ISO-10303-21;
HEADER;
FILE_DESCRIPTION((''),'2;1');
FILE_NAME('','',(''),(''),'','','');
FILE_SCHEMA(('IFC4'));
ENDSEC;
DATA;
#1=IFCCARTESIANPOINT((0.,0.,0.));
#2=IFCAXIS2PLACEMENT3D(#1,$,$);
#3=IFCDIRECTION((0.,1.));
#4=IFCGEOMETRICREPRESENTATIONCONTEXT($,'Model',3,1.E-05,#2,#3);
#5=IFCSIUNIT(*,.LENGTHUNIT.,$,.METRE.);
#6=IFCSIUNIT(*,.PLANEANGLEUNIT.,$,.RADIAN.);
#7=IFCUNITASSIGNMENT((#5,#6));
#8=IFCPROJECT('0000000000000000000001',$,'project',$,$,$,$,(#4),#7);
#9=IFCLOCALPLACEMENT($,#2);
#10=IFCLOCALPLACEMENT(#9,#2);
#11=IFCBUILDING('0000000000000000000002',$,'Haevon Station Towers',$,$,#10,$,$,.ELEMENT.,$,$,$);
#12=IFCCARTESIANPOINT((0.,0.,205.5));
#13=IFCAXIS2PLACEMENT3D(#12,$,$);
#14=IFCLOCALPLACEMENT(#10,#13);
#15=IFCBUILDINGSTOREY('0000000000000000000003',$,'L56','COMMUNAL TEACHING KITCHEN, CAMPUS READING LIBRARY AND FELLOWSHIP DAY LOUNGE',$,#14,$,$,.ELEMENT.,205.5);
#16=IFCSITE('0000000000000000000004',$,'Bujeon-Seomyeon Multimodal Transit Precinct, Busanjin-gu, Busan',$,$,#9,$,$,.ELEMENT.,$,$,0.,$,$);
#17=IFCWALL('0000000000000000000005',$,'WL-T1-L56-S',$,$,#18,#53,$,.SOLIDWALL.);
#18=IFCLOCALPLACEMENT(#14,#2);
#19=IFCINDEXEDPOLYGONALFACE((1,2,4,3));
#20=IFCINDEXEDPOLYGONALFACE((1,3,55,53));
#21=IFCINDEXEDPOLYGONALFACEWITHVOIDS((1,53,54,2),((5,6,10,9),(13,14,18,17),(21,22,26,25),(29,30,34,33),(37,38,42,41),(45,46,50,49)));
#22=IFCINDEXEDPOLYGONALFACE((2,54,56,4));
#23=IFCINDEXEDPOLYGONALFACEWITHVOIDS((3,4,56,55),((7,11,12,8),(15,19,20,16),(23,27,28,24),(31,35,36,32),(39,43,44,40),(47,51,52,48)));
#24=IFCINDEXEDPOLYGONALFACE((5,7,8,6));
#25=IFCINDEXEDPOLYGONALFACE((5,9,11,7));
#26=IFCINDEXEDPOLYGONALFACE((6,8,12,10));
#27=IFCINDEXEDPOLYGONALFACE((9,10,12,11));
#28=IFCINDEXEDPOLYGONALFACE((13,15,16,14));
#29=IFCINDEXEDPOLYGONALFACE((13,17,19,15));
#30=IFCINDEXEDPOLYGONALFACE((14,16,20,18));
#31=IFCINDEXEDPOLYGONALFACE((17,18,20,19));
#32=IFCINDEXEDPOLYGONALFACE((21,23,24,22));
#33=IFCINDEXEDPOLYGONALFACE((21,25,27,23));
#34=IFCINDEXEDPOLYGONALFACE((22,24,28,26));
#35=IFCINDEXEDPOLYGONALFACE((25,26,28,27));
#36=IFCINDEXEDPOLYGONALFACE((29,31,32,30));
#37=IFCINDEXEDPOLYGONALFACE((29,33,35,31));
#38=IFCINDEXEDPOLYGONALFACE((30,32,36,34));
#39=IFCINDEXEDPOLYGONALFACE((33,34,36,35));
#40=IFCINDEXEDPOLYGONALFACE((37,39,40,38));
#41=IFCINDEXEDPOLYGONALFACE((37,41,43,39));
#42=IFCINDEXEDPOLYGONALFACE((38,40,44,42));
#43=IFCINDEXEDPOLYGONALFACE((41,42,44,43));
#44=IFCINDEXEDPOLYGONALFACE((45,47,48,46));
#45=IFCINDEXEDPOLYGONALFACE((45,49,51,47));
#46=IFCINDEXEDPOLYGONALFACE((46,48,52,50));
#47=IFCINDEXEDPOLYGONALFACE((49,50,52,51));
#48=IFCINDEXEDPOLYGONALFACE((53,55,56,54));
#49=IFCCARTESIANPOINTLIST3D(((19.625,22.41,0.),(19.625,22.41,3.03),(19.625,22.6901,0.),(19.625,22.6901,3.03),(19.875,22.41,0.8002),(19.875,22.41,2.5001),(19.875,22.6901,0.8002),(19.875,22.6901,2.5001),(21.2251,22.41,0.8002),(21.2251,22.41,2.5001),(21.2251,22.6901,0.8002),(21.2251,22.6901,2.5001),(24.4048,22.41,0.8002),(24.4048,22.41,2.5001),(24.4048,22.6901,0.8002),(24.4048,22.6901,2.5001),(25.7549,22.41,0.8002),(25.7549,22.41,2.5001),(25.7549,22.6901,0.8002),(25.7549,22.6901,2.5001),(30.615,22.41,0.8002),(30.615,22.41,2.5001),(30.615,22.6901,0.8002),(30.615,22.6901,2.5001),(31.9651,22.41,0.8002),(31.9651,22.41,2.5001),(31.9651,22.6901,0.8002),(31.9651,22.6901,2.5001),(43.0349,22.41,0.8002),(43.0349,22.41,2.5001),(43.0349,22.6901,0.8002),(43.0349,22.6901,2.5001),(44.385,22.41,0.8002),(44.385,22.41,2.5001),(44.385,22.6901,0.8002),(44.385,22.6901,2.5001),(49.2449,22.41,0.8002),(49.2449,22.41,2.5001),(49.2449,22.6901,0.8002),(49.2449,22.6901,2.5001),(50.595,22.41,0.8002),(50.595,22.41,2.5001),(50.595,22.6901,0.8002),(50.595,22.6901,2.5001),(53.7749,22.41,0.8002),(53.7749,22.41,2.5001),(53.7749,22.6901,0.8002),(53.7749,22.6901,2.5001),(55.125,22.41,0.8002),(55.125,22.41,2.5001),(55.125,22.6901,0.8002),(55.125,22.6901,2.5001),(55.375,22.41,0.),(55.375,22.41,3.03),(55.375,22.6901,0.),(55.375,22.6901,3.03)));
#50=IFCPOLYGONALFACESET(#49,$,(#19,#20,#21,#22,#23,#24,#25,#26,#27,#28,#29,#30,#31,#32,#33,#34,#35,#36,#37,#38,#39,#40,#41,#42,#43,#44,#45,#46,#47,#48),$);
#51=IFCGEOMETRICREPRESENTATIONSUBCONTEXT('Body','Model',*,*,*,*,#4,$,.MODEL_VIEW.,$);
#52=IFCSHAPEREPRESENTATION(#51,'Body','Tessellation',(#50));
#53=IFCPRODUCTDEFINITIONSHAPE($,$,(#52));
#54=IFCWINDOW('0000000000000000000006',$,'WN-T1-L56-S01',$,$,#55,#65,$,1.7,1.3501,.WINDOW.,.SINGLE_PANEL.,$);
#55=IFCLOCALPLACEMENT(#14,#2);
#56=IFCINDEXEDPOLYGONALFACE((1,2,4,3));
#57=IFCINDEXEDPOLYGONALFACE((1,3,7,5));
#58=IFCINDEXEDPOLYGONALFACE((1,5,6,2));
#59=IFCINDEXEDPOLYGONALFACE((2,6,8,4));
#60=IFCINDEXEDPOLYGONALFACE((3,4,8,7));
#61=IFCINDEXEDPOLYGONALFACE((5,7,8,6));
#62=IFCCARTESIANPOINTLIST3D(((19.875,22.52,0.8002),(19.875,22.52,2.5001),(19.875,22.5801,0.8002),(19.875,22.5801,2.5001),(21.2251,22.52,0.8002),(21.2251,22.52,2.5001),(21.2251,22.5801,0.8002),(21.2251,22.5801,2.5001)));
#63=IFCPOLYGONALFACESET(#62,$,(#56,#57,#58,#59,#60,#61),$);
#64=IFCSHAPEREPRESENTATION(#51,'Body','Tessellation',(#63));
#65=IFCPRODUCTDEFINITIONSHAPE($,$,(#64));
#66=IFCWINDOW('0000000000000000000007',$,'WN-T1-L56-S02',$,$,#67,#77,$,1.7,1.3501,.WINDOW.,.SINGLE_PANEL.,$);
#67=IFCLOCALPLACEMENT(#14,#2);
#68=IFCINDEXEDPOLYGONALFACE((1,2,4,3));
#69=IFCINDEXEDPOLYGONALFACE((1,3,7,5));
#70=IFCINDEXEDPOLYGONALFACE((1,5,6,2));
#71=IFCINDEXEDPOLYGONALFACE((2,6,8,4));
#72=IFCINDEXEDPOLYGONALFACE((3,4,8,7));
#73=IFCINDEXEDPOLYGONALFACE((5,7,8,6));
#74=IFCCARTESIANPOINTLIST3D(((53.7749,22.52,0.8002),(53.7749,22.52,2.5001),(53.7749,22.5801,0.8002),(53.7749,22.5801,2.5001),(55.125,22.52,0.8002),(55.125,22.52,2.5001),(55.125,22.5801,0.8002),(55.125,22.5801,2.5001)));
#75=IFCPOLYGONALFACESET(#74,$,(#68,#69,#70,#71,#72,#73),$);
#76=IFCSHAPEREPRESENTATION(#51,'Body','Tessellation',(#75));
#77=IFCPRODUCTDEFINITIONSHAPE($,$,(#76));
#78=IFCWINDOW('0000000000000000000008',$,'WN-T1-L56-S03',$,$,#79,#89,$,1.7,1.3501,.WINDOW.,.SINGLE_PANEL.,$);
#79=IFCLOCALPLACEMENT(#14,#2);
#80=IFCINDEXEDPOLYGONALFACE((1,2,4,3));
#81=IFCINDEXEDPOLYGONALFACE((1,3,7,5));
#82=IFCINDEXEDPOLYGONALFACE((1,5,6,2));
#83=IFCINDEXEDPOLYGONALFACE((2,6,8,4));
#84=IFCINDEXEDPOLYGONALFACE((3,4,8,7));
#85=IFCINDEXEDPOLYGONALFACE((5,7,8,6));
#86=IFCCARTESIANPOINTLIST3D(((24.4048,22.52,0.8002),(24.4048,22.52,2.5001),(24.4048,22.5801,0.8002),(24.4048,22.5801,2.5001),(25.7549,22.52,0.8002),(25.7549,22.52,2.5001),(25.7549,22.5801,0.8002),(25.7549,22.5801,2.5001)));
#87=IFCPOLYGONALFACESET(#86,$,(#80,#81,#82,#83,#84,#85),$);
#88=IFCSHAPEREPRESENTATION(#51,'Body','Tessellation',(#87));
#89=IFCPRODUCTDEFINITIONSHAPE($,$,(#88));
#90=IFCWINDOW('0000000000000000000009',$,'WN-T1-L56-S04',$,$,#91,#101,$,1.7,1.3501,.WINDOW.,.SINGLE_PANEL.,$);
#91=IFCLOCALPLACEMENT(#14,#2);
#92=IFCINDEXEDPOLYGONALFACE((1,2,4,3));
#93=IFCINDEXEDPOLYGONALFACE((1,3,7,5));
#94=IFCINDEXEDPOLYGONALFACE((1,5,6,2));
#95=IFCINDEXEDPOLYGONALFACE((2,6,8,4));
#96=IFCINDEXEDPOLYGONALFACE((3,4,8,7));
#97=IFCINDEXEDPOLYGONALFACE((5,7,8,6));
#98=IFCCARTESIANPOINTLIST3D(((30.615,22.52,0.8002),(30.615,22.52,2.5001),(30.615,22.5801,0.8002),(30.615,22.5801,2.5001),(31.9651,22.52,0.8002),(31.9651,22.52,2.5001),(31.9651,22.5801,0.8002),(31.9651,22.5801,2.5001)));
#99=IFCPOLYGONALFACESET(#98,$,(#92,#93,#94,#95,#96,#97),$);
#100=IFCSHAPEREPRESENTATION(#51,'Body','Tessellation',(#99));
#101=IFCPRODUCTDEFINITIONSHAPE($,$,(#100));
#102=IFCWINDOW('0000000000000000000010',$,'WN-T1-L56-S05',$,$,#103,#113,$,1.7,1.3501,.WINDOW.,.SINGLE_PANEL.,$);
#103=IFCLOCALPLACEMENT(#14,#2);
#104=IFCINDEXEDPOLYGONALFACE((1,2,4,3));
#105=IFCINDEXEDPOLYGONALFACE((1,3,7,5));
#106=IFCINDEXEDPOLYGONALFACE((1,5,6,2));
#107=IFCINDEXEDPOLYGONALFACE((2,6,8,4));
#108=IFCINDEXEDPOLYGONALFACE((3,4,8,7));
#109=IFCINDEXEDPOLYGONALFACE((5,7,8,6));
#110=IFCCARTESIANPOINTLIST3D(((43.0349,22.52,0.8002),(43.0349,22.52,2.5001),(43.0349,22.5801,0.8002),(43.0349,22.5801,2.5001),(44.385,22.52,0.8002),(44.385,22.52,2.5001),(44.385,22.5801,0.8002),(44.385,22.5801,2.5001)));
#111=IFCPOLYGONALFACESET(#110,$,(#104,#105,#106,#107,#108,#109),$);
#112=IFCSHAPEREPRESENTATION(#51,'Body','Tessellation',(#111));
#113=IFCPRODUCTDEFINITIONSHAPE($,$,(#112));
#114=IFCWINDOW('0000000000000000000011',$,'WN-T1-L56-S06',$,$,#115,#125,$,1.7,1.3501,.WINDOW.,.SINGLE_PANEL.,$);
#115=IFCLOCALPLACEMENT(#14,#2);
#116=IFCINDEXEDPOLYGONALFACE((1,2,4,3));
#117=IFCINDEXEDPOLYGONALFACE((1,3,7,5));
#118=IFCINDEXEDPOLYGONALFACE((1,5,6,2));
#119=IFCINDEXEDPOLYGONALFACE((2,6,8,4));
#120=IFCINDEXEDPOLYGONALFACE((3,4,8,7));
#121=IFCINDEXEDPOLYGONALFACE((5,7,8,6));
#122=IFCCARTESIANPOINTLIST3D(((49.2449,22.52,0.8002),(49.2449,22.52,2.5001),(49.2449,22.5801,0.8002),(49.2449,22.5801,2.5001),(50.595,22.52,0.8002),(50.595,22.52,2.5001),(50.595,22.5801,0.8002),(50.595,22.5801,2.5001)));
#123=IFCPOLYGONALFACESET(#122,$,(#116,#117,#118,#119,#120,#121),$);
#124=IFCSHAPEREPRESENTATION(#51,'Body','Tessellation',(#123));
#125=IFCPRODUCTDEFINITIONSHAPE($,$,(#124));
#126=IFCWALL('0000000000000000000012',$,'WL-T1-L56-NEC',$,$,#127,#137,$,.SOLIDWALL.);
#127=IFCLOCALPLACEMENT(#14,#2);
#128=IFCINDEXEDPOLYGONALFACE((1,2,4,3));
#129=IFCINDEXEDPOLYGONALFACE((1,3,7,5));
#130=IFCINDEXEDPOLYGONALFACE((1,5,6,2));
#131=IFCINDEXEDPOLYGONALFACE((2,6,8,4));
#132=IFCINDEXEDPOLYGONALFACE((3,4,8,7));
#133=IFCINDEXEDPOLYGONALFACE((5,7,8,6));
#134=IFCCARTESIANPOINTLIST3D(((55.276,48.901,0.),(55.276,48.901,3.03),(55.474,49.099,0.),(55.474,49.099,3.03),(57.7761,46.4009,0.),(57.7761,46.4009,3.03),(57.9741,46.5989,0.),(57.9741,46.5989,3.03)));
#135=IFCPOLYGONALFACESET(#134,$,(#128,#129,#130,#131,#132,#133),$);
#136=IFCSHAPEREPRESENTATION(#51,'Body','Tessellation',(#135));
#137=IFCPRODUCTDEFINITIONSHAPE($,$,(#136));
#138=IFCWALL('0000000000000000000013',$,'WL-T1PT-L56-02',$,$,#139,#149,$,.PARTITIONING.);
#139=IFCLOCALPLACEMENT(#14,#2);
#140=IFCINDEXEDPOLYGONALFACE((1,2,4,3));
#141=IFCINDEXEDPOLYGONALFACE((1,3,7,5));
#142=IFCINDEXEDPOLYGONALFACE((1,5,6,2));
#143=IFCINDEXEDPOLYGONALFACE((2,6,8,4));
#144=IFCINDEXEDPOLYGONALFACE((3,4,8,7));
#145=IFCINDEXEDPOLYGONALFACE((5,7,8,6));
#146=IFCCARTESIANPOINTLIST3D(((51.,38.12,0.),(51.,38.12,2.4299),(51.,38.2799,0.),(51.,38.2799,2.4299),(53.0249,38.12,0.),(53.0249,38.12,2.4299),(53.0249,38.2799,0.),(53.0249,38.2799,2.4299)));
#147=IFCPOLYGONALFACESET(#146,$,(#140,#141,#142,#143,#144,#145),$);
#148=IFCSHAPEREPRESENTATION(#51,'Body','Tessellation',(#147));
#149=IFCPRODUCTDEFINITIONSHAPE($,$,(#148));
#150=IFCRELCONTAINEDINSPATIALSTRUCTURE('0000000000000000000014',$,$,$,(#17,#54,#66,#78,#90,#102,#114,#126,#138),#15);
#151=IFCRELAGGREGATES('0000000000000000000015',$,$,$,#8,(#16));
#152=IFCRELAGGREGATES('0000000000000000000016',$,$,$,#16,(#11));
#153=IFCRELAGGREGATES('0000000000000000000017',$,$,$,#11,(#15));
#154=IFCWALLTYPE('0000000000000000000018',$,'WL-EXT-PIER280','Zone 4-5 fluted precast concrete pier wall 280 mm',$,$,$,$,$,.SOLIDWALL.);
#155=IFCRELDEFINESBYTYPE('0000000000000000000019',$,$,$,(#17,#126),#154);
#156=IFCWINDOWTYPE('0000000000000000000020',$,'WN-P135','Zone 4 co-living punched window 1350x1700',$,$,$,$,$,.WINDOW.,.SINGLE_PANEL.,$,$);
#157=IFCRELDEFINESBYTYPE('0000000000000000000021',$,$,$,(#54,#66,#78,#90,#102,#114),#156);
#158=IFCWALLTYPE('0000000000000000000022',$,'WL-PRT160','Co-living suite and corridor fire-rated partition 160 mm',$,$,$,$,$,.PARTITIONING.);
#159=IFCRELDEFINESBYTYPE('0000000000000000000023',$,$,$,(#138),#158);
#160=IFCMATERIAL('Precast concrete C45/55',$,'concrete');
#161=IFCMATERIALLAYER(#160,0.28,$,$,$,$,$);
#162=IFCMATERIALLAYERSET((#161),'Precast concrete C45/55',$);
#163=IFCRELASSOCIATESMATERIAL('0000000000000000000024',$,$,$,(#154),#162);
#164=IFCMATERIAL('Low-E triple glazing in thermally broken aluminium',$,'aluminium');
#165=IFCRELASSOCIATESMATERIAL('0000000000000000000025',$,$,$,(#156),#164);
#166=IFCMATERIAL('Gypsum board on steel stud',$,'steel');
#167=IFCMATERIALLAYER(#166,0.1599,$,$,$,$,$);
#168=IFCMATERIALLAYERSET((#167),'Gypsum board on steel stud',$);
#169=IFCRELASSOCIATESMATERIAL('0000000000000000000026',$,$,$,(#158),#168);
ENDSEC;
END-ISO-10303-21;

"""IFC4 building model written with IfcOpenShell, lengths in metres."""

from ifc_helpers import new_model, si_unit, direction, frame, frame_2d, origin, place, context, subcontext, project, spatial, rectangle, extrude, material, layer, layer_set, type_object, element, fill, save


model = new_model("IFC4")

# Units and contexts
model_context = context("Model", 3, precision=1e-05, world=origin(), true_north=direction((0.0, 1.0)))
body_context = subcontext(model_context, "Body", "Model", "MODEL_VIEW")
ifc_project = project(units=[si_unit("LENGTHUNIT", "METRE"), si_unit("PLANEANGLEUNIT", "RADIAN")], contexts=[model_context])

# Site, building, storey
site_placement = place(None, origin())
site = spatial("IfcSite", under=ifc_project, at=site_placement, Name="Bujeon-Seomyeon Multimodal Transit Precinct, Busanjin-gu, Busan", CompositionType="ELEMENT", RefElevation=0.0)
building_placement = place(site_placement, origin())
building = spatial("IfcBuilding", under=site, at=building_placement, Name="Haevon Station Towers", CompositionType="ELEMENT")
storey_placement = place(building_placement, frame((0.0, 0.0, 205.5)))
storey = spatial("IfcBuildingStorey", under=building, at=storey_placement, Name="L56", Description="COMMUNAL TEACHING KITCHEN, CAMPUS READING LIBRARY AND FELLOWSHIP DAY LOUNGE", CompositionType="ELEMENT", Elevation=205.5)

# Wall, openings, windows
ifc_material_1 = material(Name="Precast concrete C45/55", Category="concrete")
ifc_layer_1 = layer(ifc_material_1, 0.28)
ifc_layer_set_1 = layer_set([ifc_layer_1], Name="Precast concrete C45/55")
wall_type_1 = type_object("IfcWallType", Name="WL-EXT-PIER280", Description="Zone 4-5 fluted precast concrete pier wall 280 mm", PredefinedType="SOLIDWALL", material=ifc_layer_set_1)
wall_1_placement = place(storey_placement, frame((55.375, 22.55, 0.0), z_axis=(0.0, 0.0, 1.0), x_axis=(-1.0, 0.0, 0.0)))
wall_1 = element("IfcWall", 1, at=wall_1_placement, inside=storey, type_object=wall_type_1, Name="WL-T1-L56-S", PredefinedType="SOLIDWALL", context=body_context, shape_type="SweptSolid", body=[
    extrude(rectangle(XDim=35.75, YDim=0.28, at=frame_2d((17.875, 0.0))), origin(), (0.0, 0.0, 1.0), 3.03),
])
opening_1_placement = place(wall_1_placement, frame((34.1499, 0.0, 0.8)))
opening_1 = element("IfcOpeningElement", 2, at=opening_1_placement, cuts=wall_1, PredefinedType="OPENING", context=body_context, shape_type="SweptSolid", body=[
    extrude(rectangle(XDim=1.3501, YDim=1.7, at=frame_2d((0.675, 0.8501))), frame((0.0, 0.1499, 0.0), z_axis=(0.0, -1.0, 0.0), x_axis=(1.0, 0.0, 0.0)), (0.0, 0.0, 1.0), 0.3),
])
opening_2_placement = place(wall_1_placement, frame((0.25, 0.0, 0.8)))
opening_2 = element("IfcOpeningElement", 3, at=opening_2_placement, cuts=wall_1, PredefinedType="OPENING", context=body_context, shape_type="SweptSolid", body=[
    extrude(rectangle(XDim=1.3501, YDim=1.7, at=frame_2d((0.675, 0.8501))), frame((0.0, 0.1499, 0.0), z_axis=(0.0, -1.0, 0.0), x_axis=(1.0, 0.0, 0.0)), (0.0, 0.0, 1.0), 0.3),
])
opening_3_placement = place(wall_1_placement, frame((29.6201, 0.0, 0.8)))
opening_3 = element("IfcOpeningElement", 4, at=opening_3_placement, cuts=wall_1, PredefinedType="OPENING", context=body_context, shape_type="SweptSolid", body=[
    extrude(rectangle(XDim=1.3501, YDim=1.7, at=frame_2d((0.675, 0.8501))), frame((0.0, 0.1499, 0.0), z_axis=(0.0, -1.0, 0.0), x_axis=(1.0, 0.0, 0.0)), (0.0, 0.0, 1.0), 0.3),
])
opening_4_placement = place(wall_1_placement, frame((23.4099, 0.0, 0.8)))
opening_4 = element("IfcOpeningElement", 5, at=opening_4_placement, cuts=wall_1, PredefinedType="OPENING", context=body_context, shape_type="SweptSolid", body=[
    extrude(rectangle(XDim=1.3501, YDim=1.7, at=frame_2d((0.675, 0.8501))), frame((0.0, 0.1499, 0.0), z_axis=(0.0, -1.0, 0.0), x_axis=(1.0, 0.0, 0.0)), (0.0, 0.0, 1.0), 0.3),
])
opening_5_placement = place(wall_1_placement, frame((10.99, 0.0, 0.8)))
opening_5 = element("IfcOpeningElement", 6, at=opening_5_placement, cuts=wall_1, PredefinedType="OPENING", context=body_context, shape_type="SweptSolid", body=[
    extrude(rectangle(XDim=1.3501, YDim=1.7, at=frame_2d((0.675, 0.8501))), frame((0.0, 0.1499, 0.0), z_axis=(0.0, -1.0, 0.0), x_axis=(1.0, 0.0, 0.0)), (0.0, 0.0, 1.0), 0.3),
])
opening_6_placement = place(wall_1_placement, frame((4.78, 0.0, 0.8)))
opening_6 = element("IfcOpeningElement", 7, at=opening_6_placement, cuts=wall_1, PredefinedType="OPENING", context=body_context, shape_type="SweptSolid", body=[
    extrude(rectangle(XDim=1.3501, YDim=1.7, at=frame_2d((0.675, 0.8501))), frame((0.0, 0.1499, 0.0), z_axis=(0.0, -1.0, 0.0), x_axis=(1.0, 0.0, 0.0)), (0.0, 0.0, 1.0), 0.3),
])
ifc_material_2 = material(Name="Low-E triple glazing in thermally broken aluminium", Category="aluminium")
window_type = type_object("IfcWindowType", Name="WN-P135", Description="Zone 4 co-living punched window 1350x1700", PartitioningType="SINGLE_PANEL", PredefinedType="WINDOW", material=ifc_material_2)
window_1_placement = place(opening_1_placement, origin())
window_1 = element("IfcWindow", 8, at=window_1_placement, inside=storey, type_object=window_type, Name="WN-T1-L56-S01", OverallHeight=1.7, OverallWidth=1.3501, PartitioningType="SINGLE_PANEL", PredefinedType="WINDOW", context=body_context, shape_type="SweptSolid", body=[
    extrude(rectangle(XDim=1.3501, YDim=1.7, at=frame_2d((0.675, 0.8501))), frame((0.0, 0.03, 0.0), z_axis=(0.0, -1.0, 0.0), x_axis=(1.0, 0.0, 0.0)), (0.0, 0.0, 1.0), 0.0601),
])
fill(opening_1, window_1)
window_2_placement = place(opening_2_placement, origin())
window_2 = element("IfcWindow", 9, at=window_2_placement, inside=storey, type_object=window_type, Name="WN-T1-L56-S02", OverallHeight=1.7, OverallWidth=1.3501, PartitioningType="SINGLE_PANEL", PredefinedType="WINDOW", context=body_context, shape_type="SweptSolid", body=[
    extrude(rectangle(XDim=1.3501, YDim=1.7, at=frame_2d((0.675, 0.8501))), frame((0.0, 0.03, 0.0), z_axis=(0.0, -1.0, 0.0), x_axis=(1.0, 0.0, 0.0)), (0.0, 0.0, 1.0), 0.0601),
])
fill(opening_2, window_2)
window_3_placement = place(opening_3_placement, origin())
window_3 = element("IfcWindow", 10, at=window_3_placement, inside=storey, type_object=window_type, Name="WN-T1-L56-S03", OverallHeight=1.7, OverallWidth=1.3501, PartitioningType="SINGLE_PANEL", PredefinedType="WINDOW", context=body_context, shape_type="SweptSolid", body=[
    extrude(rectangle(XDim=1.3501, YDim=1.7, at=frame_2d((0.675, 0.8501))), frame((0.0, 0.03, 0.0), z_axis=(0.0, -1.0, 0.0), x_axis=(1.0, 0.0, 0.0)), (0.0, 0.0, 1.0), 0.0601),
])
fill(opening_3, window_3)
window_4_placement = place(opening_4_placement, origin())
window_4 = element("IfcWindow", 11, at=window_4_placement, inside=storey, type_object=window_type, Name="WN-T1-L56-S04", OverallHeight=1.7, OverallWidth=1.3501, PartitioningType="SINGLE_PANEL", PredefinedType="WINDOW", context=body_context, shape_type="SweptSolid", body=[
    extrude(rectangle(XDim=1.3501, YDim=1.7, at=frame_2d((0.675, 0.8501))), frame((0.0, 0.03, 0.0), z_axis=(0.0, -1.0, 0.0), x_axis=(1.0, 0.0, 0.0)), (0.0, 0.0, 1.0), 0.0601),
])
fill(opening_4, window_4)
window_5_placement = place(opening_5_placement, origin())
window_5 = element("IfcWindow", 12, at=window_5_placement, inside=storey, type_object=window_type, Name="WN-T1-L56-S05", OverallHeight=1.7, OverallWidth=1.3501, PartitioningType="SINGLE_PANEL", PredefinedType="WINDOW", context=body_context, shape_type="SweptSolid", body=[
    extrude(rectangle(XDim=1.3501, YDim=1.7, at=frame_2d((0.675, 0.8501))), frame((0.0, 0.03, 0.0), z_axis=(0.0, -1.0, 0.0), x_axis=(1.0, 0.0, 0.0)), (0.0, 0.0, 1.0), 0.0601),
])
fill(opening_5, window_5)
window_6_placement = place(opening_6_placement, origin())
window_6 = element("IfcWindow", 13, at=window_6_placement, inside=storey, type_object=window_type, Name="WN-T1-L56-S06", OverallHeight=1.7, OverallWidth=1.3501, PartitioningType="SINGLE_PANEL", PredefinedType="WINDOW", context=body_context, shape_type="SweptSolid", body=[
    extrude(rectangle(XDim=1.3501, YDim=1.7, at=frame_2d((0.675, 0.8501))), frame((0.0, 0.03, 0.0), z_axis=(0.0, -1.0, 0.0), x_axis=(1.0, 0.0, 0.0)), (0.0, 0.0, 1.0), 0.0601),
])
fill(opening_6, window_6)

# Walls
wall_2_placement = place(storey_placement, frame((55.375, 49.0, 0.0), z_axis=(0.0, 0.0, 1.0), x_axis=(0.707107, -0.707107, 0.0)))
element("IfcWall", 14, at=wall_2_placement, inside=storey, type_object=wall_type_1, Name="WL-T1-L56-NEC", PredefinedType="SOLIDWALL", context=body_context, shape_type="SweptSolid", body=[
    extrude(rectangle(XDim=3.5356, YDim=0.28, at=frame_2d((1.7678, 0.0))), origin(), (0.0, 0.0, 1.0), 3.03),
])
ifc_material_3 = material(Name="Gypsum board on steel stud", Category="steel")
ifc_layer_2 = layer(ifc_material_3, 0.1599)
ifc_layer_set_2 = layer_set([ifc_layer_2], Name="Gypsum board on steel stud")
wall_type_2 = type_object("IfcWallType", Name="WL-PRT160", Description="Co-living suite and corridor fire-rated partition 160 mm", PredefinedType="PARTITIONING", material=ifc_layer_set_2)
wall_3_placement = place(storey_placement, frame((51.0, 38.2, 0.0), z_axis=(0.0, 0.0, 1.0), x_axis=(1.0, 0.0, 0.0)))
element("IfcWall", 15, at=wall_3_placement, inside=storey, type_object=wall_type_2, Name="WL-T1PT-L56-02", PredefinedType="PARTITIONING", context=body_context, shape_type="SweptSolid", body=[
    extrude(rectangle(XDim=2.0249, YDim=0.1599, at=frame_2d((1.0125, 0.0))), origin(), (0.0, 0.0, 1.0), 2.4299),
])

save(model, "model.ifc")
